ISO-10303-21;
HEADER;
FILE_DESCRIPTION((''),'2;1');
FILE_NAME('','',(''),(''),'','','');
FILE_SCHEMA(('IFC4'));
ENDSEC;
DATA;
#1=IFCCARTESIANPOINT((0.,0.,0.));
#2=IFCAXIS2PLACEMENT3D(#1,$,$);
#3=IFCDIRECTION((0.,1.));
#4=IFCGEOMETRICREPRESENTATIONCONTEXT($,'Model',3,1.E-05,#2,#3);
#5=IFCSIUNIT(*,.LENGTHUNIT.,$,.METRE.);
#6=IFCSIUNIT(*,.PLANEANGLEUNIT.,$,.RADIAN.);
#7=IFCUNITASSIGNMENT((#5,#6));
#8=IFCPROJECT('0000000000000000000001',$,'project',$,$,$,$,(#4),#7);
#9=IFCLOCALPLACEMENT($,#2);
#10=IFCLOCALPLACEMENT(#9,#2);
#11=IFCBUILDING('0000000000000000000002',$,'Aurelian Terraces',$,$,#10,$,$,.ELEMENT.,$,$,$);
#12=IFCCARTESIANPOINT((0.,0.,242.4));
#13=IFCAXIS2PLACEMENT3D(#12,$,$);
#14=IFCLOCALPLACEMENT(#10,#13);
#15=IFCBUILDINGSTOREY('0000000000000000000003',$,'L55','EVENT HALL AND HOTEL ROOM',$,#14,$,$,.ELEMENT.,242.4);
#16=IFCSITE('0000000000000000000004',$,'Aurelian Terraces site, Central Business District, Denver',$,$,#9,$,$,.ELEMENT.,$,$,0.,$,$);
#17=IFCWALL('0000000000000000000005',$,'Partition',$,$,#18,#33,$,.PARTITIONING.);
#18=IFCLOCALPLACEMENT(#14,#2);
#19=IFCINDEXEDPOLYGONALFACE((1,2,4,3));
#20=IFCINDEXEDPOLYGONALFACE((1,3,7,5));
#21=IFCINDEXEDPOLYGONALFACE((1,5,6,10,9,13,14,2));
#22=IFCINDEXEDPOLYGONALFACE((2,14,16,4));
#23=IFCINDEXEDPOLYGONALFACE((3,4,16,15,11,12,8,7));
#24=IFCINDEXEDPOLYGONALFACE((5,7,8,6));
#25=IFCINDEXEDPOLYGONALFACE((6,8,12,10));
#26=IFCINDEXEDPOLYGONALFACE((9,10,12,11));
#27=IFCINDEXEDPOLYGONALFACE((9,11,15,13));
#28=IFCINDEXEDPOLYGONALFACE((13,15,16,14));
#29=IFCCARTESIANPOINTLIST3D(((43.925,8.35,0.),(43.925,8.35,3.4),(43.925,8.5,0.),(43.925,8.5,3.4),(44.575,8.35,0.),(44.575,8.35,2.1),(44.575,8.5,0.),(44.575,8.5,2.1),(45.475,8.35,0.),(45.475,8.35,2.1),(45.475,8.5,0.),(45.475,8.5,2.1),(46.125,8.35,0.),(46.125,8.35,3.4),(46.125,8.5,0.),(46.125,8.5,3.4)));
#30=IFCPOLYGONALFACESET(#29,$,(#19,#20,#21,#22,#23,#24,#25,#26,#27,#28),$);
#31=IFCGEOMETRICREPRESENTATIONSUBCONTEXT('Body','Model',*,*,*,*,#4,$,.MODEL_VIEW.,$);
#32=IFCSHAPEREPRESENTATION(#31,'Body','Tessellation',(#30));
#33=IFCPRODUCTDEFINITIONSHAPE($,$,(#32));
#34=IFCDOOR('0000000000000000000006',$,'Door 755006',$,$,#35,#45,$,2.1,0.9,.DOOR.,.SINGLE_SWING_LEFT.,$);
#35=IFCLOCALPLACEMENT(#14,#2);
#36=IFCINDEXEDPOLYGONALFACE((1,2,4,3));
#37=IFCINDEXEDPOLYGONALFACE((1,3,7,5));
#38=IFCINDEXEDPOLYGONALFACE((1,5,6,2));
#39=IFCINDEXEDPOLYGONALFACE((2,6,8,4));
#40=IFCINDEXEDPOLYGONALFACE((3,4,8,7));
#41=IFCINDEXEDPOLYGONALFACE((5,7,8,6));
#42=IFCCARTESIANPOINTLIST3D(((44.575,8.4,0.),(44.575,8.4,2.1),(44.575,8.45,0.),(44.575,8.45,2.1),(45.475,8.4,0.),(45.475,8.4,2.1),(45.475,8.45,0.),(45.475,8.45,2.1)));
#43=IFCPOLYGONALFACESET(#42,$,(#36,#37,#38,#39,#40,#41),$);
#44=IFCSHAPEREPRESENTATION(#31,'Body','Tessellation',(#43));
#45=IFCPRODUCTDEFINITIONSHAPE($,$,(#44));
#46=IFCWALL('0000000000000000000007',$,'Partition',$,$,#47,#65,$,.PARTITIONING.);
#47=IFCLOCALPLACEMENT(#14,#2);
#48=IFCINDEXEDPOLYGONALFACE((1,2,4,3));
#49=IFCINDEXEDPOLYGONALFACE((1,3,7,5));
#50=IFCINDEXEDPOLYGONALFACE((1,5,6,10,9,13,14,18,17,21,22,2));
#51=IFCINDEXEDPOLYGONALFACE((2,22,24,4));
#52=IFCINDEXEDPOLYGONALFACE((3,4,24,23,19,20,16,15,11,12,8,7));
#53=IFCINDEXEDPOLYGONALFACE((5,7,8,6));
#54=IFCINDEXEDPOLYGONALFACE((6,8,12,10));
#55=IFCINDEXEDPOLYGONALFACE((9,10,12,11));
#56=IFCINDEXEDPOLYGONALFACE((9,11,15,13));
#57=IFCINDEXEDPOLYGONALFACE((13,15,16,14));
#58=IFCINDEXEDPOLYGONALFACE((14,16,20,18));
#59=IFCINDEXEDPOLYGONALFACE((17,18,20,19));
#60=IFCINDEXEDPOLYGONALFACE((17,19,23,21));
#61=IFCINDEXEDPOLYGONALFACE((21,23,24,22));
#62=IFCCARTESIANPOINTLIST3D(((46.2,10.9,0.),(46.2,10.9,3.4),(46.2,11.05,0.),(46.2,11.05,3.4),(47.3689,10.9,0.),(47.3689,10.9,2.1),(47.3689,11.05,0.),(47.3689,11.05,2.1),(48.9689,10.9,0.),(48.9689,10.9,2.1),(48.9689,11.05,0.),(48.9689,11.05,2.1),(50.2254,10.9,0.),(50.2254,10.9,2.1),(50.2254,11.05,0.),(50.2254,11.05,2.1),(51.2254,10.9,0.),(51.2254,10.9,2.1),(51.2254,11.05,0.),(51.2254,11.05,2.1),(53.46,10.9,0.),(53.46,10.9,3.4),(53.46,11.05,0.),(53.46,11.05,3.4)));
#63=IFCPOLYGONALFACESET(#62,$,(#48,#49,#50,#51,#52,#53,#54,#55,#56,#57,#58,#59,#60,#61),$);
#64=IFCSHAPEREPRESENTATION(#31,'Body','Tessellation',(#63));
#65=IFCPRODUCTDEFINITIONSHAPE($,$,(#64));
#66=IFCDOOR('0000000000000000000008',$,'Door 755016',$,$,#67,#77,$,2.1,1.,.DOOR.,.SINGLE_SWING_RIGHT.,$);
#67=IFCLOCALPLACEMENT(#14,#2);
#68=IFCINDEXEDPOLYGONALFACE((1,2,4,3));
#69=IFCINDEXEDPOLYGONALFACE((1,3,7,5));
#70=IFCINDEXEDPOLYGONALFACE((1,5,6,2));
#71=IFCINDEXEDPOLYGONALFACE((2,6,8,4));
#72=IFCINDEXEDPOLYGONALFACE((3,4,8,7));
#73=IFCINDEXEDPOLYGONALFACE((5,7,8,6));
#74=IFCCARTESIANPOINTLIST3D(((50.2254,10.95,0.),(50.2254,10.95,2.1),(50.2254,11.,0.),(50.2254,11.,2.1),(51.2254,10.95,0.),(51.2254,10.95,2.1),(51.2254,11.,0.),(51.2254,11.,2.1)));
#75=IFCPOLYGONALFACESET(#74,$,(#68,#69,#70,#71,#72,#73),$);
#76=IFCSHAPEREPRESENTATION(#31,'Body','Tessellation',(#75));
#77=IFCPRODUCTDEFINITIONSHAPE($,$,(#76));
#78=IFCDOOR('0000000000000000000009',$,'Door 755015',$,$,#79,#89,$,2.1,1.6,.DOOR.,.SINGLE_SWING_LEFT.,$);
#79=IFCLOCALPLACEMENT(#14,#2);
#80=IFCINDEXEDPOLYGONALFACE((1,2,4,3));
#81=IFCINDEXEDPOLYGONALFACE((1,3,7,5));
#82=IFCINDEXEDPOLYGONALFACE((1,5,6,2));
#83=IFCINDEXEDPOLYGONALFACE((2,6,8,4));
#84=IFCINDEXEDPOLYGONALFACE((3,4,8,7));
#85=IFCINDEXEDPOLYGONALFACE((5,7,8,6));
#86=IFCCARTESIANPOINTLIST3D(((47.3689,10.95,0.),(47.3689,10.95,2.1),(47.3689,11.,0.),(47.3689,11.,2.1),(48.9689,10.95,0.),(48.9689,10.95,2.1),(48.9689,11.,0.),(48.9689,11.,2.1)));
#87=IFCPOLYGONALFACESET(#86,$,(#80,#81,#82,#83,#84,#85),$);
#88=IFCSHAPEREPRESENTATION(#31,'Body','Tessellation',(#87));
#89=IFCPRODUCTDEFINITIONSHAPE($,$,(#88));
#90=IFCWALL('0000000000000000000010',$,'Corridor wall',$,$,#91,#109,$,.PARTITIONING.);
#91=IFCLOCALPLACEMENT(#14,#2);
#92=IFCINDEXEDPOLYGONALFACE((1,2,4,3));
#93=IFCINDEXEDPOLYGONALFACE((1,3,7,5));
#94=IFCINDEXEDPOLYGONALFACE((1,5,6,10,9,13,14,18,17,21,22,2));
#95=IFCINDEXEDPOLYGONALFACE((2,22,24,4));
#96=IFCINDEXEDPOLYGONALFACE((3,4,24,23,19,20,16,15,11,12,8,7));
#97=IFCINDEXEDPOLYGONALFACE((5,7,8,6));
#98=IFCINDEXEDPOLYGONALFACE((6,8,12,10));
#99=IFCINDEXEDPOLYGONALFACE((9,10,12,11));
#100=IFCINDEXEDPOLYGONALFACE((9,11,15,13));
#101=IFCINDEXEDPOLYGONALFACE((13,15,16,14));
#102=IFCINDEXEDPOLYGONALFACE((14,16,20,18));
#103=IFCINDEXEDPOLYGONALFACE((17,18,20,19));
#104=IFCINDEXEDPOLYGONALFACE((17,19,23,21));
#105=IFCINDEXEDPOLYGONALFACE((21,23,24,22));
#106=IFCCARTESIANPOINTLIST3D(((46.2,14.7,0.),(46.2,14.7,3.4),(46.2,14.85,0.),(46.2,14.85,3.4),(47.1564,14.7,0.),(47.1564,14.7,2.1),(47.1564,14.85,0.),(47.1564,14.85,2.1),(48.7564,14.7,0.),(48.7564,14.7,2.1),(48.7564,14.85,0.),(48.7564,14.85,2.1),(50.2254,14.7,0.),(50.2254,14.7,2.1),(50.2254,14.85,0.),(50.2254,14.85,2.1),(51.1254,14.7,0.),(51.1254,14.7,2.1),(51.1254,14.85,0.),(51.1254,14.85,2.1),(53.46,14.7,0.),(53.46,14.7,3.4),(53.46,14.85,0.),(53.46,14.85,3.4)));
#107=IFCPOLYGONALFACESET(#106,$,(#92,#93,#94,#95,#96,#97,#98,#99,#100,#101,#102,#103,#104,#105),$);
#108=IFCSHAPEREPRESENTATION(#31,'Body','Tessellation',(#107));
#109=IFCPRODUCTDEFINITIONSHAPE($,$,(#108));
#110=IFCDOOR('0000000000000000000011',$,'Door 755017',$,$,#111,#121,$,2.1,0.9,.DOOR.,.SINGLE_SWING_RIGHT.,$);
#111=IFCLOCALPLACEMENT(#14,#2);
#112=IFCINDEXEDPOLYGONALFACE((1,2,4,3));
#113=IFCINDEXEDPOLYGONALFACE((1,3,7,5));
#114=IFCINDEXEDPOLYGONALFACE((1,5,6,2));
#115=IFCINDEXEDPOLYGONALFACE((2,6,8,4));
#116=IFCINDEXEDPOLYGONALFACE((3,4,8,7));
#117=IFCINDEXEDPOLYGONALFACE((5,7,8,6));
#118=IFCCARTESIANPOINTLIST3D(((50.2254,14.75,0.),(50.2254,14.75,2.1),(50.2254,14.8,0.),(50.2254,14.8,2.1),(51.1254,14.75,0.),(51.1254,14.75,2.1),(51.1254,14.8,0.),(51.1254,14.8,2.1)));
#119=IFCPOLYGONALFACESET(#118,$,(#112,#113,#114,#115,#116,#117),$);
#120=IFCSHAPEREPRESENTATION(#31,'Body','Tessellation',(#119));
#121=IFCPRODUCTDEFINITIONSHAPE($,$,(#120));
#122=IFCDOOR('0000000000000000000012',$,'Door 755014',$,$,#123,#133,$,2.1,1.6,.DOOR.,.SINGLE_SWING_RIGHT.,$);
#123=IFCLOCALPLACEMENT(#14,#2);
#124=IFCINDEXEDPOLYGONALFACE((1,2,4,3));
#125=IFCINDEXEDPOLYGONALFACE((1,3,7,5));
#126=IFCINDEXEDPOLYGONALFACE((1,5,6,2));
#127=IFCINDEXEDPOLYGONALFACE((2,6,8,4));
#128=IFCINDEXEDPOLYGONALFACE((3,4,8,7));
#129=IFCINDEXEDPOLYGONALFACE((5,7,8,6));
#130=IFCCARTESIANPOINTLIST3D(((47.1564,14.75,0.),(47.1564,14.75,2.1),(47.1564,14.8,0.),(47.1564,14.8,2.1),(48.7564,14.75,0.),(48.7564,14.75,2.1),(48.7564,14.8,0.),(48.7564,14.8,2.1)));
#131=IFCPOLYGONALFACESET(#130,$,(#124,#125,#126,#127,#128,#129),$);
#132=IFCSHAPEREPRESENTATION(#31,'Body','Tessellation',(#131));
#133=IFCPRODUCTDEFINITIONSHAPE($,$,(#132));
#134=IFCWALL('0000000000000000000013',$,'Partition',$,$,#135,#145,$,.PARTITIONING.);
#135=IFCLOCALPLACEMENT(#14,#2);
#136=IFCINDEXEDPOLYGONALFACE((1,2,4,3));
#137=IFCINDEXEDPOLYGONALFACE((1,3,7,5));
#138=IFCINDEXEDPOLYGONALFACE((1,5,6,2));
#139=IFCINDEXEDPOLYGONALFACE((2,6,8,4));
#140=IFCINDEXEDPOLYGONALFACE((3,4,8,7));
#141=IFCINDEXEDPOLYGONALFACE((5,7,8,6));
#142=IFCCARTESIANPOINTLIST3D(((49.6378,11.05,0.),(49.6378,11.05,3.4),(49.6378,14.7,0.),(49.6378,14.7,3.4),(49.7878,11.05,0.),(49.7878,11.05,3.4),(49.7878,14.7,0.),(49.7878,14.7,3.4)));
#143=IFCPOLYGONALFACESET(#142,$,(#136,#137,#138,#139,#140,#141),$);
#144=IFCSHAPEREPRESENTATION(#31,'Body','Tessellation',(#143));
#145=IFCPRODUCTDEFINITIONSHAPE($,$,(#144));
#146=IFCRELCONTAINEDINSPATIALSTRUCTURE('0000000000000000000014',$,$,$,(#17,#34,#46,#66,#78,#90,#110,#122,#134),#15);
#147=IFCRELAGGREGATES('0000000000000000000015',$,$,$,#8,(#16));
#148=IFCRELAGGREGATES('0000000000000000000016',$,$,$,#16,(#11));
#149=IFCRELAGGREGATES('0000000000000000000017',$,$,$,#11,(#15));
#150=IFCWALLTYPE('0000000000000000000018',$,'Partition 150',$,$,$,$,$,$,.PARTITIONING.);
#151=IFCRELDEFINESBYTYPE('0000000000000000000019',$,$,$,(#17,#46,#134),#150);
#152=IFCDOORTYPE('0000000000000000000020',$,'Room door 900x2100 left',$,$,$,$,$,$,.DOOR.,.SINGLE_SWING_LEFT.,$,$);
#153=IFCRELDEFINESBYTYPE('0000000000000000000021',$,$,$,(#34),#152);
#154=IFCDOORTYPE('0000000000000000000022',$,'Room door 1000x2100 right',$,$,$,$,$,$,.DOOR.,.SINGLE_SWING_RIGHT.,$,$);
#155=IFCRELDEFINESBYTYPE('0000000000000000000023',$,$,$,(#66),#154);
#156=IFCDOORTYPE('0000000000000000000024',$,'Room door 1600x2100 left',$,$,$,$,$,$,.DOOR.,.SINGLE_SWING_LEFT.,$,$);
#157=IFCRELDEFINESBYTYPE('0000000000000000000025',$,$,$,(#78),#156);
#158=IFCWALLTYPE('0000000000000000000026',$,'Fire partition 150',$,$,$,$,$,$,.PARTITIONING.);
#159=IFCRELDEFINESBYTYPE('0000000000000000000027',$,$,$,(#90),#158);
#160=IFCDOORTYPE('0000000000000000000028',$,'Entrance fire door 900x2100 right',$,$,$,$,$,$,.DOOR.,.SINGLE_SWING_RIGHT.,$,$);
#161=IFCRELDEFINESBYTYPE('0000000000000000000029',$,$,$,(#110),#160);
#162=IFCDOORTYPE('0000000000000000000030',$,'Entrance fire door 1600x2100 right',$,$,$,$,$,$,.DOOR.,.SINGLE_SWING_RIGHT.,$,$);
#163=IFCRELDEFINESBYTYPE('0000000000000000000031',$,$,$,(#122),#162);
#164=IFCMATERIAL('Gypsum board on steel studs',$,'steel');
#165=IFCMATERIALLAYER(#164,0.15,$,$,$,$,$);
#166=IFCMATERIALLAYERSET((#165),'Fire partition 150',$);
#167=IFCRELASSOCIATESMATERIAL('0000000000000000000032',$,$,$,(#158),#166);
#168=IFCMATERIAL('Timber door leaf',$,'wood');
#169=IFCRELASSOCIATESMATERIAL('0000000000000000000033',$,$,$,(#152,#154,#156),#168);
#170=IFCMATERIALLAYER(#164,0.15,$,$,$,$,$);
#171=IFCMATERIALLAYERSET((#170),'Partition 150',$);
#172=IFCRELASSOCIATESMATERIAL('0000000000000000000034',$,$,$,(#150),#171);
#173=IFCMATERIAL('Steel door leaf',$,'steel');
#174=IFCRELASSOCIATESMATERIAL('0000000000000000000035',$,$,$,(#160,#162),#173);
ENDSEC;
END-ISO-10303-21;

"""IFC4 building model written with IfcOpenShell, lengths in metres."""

from ifc_helpers import new_model, si_unit, direction, frame, frame_2d, origin, place, context, subcontext, project, spatial, rectangle, extrude, source, transform, mapped, material, layer, layer_set, type_object, element, fill, save


model = new_model("IFC4")

# Units and contexts
model_context = context("Model", 3, precision=1e-05, world=origin(), true_north=direction((0.0, 1.0)))
body_context = subcontext(model_context, "Body", "Model", "MODEL_VIEW")
ifc_project = project(units=[si_unit("LENGTHUNIT", "METRE"), si_unit("PLANEANGLEUNIT", "RADIAN")], contexts=[model_context])

# Site, building, storey
site_placement = place(None, origin())
site = spatial("IfcSite", under=ifc_project, at=site_placement, Name="Aurelian Terraces site, Central Business District, Denver", CompositionType="ELEMENT", RefElevation=0.0)
building_placement = place(site_placement, origin())
building = spatial("IfcBuilding", under=site, at=building_placement, Name="Aurelian Terraces", CompositionType="ELEMENT")
storey_placement = place(building_placement, frame((0.0, 0.0, 242.4)))
storey = spatial("IfcBuildingStorey", under=building, at=storey_placement, Name="L55", Description="EVENT HALL AND HOTEL ROOM", CompositionType="ELEMENT", Elevation=242.4)

# Shared definitions
ifc_material_1 = material(Name="Gypsum board on steel studs", Category="steel")

# Wall, opening, door
ifc_layer_1 = layer(ifc_material_1, 0.15)
ifc_layer_set_1 = layer_set([ifc_layer_1], Name="Fire partition 150")
wall_type_1 = type_object("IfcWallType", Name="Fire partition 150", PredefinedType="PARTITIONING", material=ifc_layer_set_1)
shared_shape_1 = source(origin(), body_context, "Body", "SweptSolid", [
    extrude(rectangle(XDim=0.9, YDim=2.1, at=frame_2d((0.45, 1.05))), frame((0.0, 0.085, 0.0), z_axis=(0.0, -1.0, 0.0), x_axis=(1.0, 0.0, 0.0)), (0.0, 0.0, 1.0), 0.17),
])
ifc_material_2 = material(Name="Timber door leaf", Category="wood")
door_type_1 = type_object("IfcDoorType", Name="Room door 900x2100 left", OperationType="SINGLE_SWING_LEFT", PredefinedType="DOOR", material=ifc_material_2)
shared_shape_2 = source(origin(), body_context, "Body", "SweptSolid", [
    extrude(rectangle(XDim=0.9, YDim=2.1, at=frame_2d((0.45, 1.05))), frame((0.0, 0.025, 0.0), z_axis=(0.0, -1.0, 0.0), x_axis=(1.0, 0.0, 0.0)), (0.0, 0.0, 1.0), 0.05),
])
ifc_layer_2 = layer(ifc_material_1, 0.15)
ifc_layer_set_2 = layer_set([ifc_layer_2], Name="Partition 150")
wall_type_2 = type_object("IfcWallType", Name="Partition 150", PredefinedType="PARTITIONING", material=ifc_layer_set_2)
shared_shape_3 = source(origin(), body_context, "Body", "SweptSolid", [
    extrude(rectangle(XDim=2.2, YDim=0.15, at=frame_2d((1.1, 0.0))), origin(), (0.0, 0.0, 1.0), 3.4),
])
wall_1_placement = place(storey_placement, frame((46.125, 8.425, 0.0), z_axis=(0.0, 0.0, 1.0), x_axis=(-1.0, 0.0, 0.0)))
wall_1 = element("IfcWall", 1, at=wall_1_placement, inside=storey, type_object=wall_type_2, Name="Partition", PredefinedType="PARTITIONING", context=body_context, shape_type="MappedRepresentation", body=[
    mapped(shared_shape_3, transform((0.0, 0.0, 0.0), scale=1.0)),
])
opening_1_placement = place(wall_1_placement, frame((0.65, 0.0, 0.0)))
opening_1 = element("IfcOpeningElement", 2, at=opening_1_placement, cuts=wall_1, PredefinedType="OPENING", context=body_context, shape_type="MappedRepresentation", body=[
    mapped(shared_shape_1, transform((0.0, 0.0, 0.0), scale=1.0)),
])
door_1_placement = place(opening_1_placement, origin())
door_1 = element("IfcDoor", 3, at=door_1_placement, inside=storey, type_object=door_type_1, Name="Door 755006", OperationType="SINGLE_SWING_LEFT", OverallHeight=2.1, OverallWidth=0.9, PredefinedType="DOOR", context=body_context, shape_type="MappedRepresentation", body=[
    mapped(shared_shape_2, transform((0.0, 0.0, 0.0), scale=1.0)),
])
fill(opening_1, door_1)

# Walls, openings, doors
shared_shape_4 = source(origin(), body_context, "Body", "SweptSolid", [
    extrude(rectangle(XDim=7.26, YDim=0.15, at=frame_2d((3.63, 0.0))), origin(), (0.0, 0.0, 1.0), 3.4),
])
wall_2_placement = place(storey_placement, frame((53.46, 10.975, 0.0), z_axis=(0.0, 0.0, 1.0), x_axis=(-1.0, 0.0, 0.0)))
wall_2 = element("IfcWall", 4, at=wall_2_placement, inside=storey, type_object=wall_type_2, Name="Partition", PredefinedType="PARTITIONING", context=body_context, shape_type="MappedRepresentation", body=[
    mapped(shared_shape_4, transform((0.0, 0.0, 0.0), scale=1.0)),
])
shared_shape_5 = source(origin(), body_context, "Body", "SweptSolid", [
    extrude(rectangle(XDim=1.6, YDim=2.1, at=frame_2d((0.8, 1.05))), frame((0.0, 0.085, 0.0), z_axis=(0.0, -1.0, 0.0), x_axis=(1.0, 0.0, 0.0)), (0.0, 0.0, 1.0), 0.17),
])
opening_2_placement = place(wall_2_placement, frame((4.4911, 0.0, 0.0)))
opening_2 = element("IfcOpeningElement", 5, at=opening_2_placement, cuts=wall_2, PredefinedType="OPENING", context=body_context, shape_type="MappedRepresentation", body=[
    mapped(shared_shape_5, transform((0.0, 0.0, 0.0), scale=1.0)),
])
shared_shape_6 = source(origin(), body_context, "Body", "SweptSolid", [
    extrude(rectangle(XDim=1.0, YDim=2.1, at=frame_2d((0.5, 1.05))), frame((0.0, 0.085, 0.0), z_axis=(0.0, -1.0, 0.0), x_axis=(1.0, 0.0, 0.0)), (0.0, 0.0, 1.0), 0.17),
])
opening_3_placement = place(wall_2_placement, frame((2.2346, 0.0, 0.0)))
opening_3 = element("IfcOpeningElement", 6, at=opening_3_placement, cuts=wall_2, PredefinedType="OPENING", context=body_context, shape_type="MappedRepresentation", body=[
    mapped(shared_shape_6, transform((0.0, 0.0, 0.0), scale=1.0)),
])
door_type_2 = type_object("IfcDoorType", Name="Room door 1000x2100 right", OperationType="SINGLE_SWING_RIGHT", PredefinedType="DOOR", material=ifc_material_2)
shared_shape_7 = source(origin(), body_context, "Body", "SweptSolid", [
    extrude(rectangle(XDim=1.0, YDim=2.1, at=frame_2d((0.5, 1.05))), frame((0.0, 0.025, 0.0), z_axis=(0.0, -1.0, 0.0), x_axis=(1.0, 0.0, 0.0)), (0.0, 0.0, 1.0), 0.05),
])
door_2_placement = place(opening_3_placement, origin())
door_2 = element("IfcDoor", 7, at=door_2_placement, inside=storey, type_object=door_type_2, Name="Door 755016", OperationType="SINGLE_SWING_RIGHT", OverallHeight=2.1, OverallWidth=1.0, PredefinedType="DOOR", context=body_context, shape_type="MappedRepresentation", body=[
    mapped(shared_shape_7, transform((0.0, 0.0, 0.0), scale=1.0)),
])
fill(opening_3, door_2)
door_type_3 = type_object("IfcDoorType", Name="Room door 1600x2100 left", OperationType="SINGLE_SWING_LEFT", PredefinedType="DOOR", material=ifc_material_2)
shared_shape_8 = source(origin(), body_context, "Body", "SweptSolid", [
    extrude(rectangle(XDim=1.6, YDim=2.1, at=frame_2d((0.8, 1.05))), frame((0.0, 0.025, 0.0), z_axis=(0.0, -1.0, 0.0), x_axis=(1.0, 0.0, 0.0)), (0.0, 0.0, 1.0), 0.05),
])
door_3_placement = place(opening_2_placement, origin())
door_3 = element("IfcDoor", 8, at=door_3_placement, inside=storey, type_object=door_type_3, Name="Door 755015", OperationType="SINGLE_SWING_LEFT", OverallHeight=2.1, OverallWidth=1.6, PredefinedType="DOOR", context=body_context, shape_type="MappedRepresentation", body=[
    mapped(shared_shape_8, transform((0.0, 0.0, 0.0), scale=1.0)),
])
fill(opening_2, door_3)
wall_3_placement = place(storey_placement, frame((53.46, 14.775, 0.0), z_axis=(0.0, 0.0, 1.0), x_axis=(-1.0, 0.0, 0.0)))
wall_3 = element("IfcWall", 9, at=wall_3_placement, inside=storey, type_object=wall_type_1, Name="Corridor wall", PredefinedType="PARTITIONING", context=body_context, shape_type="MappedRepresentation", body=[
    mapped(shared_shape_4, transform((0.0, 0.0, 0.0), scale=1.0)),
])
opening_4_placement = place(wall_3_placement, frame((4.7036, 0.0, 0.0)))
opening_4 = element("IfcOpeningElement", 10, at=opening_4_placement, cuts=wall_3, PredefinedType="OPENING", context=body_context, shape_type="MappedRepresentation", body=[
    mapped(shared_shape_5, transform((0.0, 0.0, 0.0), scale=1.0)),
])
opening_5_placement = place(wall_3_placement, frame((2.3346, 0.0, 0.0)))
opening_5 = element("IfcOpeningElement", 11, at=opening_5_placement, cuts=wall_3, PredefinedType="OPENING", context=body_context, shape_type="MappedRepresentation", body=[
    mapped(shared_shape_1, transform((0.0, 0.0, 0.0), scale=1.0)),
])
ifc_material_3 = material(Name="Steel door leaf", Category="steel")
door_type_4 = type_object("IfcDoorType", Name="Entrance fire door 900x2100 right", OperationType="SINGLE_SWING_RIGHT", PredefinedType="DOOR", material=ifc_material_3)
door_4_placement = place(opening_5_placement, origin())
door_4 = element("IfcDoor", 12, at=door_4_placement, inside=storey, type_object=door_type_4, Name="Door 755017", OperationType="SINGLE_SWING_RIGHT", OverallHeight=2.1, OverallWidth=0.9, PredefinedType="DOOR", context=body_context, shape_type="MappedRepresentation", body=[
    mapped(shared_shape_2, transform((0.0, 0.0, 0.0), scale=1.0)),
])
fill(opening_5, door_4)
door_type_5 = type_object("IfcDoorType", Name="Entrance fire door 1600x2100 right", OperationType="SINGLE_SWING_RIGHT", PredefinedType="DOOR", material=ifc_material_3)
door_5_placement = place(opening_4_placement, origin())
door_5 = element("IfcDoor", 13, at=door_5_placement, inside=storey, type_object=door_type_5, Name="Door 755014", OperationType="SINGLE_SWING_RIGHT", OverallHeight=2.1, OverallWidth=1.6, PredefinedType="DOOR", context=body_context, shape_type="MappedRepresentation", body=[
    mapped(shared_shape_8, transform((0.0, 0.0, 0.0), scale=1.0)),
])
fill(opening_4, door_5)

# Wall
shared_shape_9 = source(origin(), body_context, "Body", "SweptSolid", [
    extrude(rectangle(XDim=3.65, YDim=0.15, at=frame_2d((1.825, 0.0))), origin(), (0.0, 0.0, 1.0), 3.4),
])
wall_4_placement = place(storey_placement, frame((49.7128, 11.05, 0.0), z_axis=(0.0, 0.0, 1.0), x_axis=(0.0, 1.0, 0.0)))
element("IfcWall", 14, at=wall_4_placement, inside=storey, type_object=wall_type_2, Name="Partition", PredefinedType="PARTITIONING", context=body_context, shape_type="MappedRepresentation", body=[
    mapped(shared_shape_9, transform((0.0, 0.0, 0.0), scale=1.0)),
])

save(model, "model.ifc")
